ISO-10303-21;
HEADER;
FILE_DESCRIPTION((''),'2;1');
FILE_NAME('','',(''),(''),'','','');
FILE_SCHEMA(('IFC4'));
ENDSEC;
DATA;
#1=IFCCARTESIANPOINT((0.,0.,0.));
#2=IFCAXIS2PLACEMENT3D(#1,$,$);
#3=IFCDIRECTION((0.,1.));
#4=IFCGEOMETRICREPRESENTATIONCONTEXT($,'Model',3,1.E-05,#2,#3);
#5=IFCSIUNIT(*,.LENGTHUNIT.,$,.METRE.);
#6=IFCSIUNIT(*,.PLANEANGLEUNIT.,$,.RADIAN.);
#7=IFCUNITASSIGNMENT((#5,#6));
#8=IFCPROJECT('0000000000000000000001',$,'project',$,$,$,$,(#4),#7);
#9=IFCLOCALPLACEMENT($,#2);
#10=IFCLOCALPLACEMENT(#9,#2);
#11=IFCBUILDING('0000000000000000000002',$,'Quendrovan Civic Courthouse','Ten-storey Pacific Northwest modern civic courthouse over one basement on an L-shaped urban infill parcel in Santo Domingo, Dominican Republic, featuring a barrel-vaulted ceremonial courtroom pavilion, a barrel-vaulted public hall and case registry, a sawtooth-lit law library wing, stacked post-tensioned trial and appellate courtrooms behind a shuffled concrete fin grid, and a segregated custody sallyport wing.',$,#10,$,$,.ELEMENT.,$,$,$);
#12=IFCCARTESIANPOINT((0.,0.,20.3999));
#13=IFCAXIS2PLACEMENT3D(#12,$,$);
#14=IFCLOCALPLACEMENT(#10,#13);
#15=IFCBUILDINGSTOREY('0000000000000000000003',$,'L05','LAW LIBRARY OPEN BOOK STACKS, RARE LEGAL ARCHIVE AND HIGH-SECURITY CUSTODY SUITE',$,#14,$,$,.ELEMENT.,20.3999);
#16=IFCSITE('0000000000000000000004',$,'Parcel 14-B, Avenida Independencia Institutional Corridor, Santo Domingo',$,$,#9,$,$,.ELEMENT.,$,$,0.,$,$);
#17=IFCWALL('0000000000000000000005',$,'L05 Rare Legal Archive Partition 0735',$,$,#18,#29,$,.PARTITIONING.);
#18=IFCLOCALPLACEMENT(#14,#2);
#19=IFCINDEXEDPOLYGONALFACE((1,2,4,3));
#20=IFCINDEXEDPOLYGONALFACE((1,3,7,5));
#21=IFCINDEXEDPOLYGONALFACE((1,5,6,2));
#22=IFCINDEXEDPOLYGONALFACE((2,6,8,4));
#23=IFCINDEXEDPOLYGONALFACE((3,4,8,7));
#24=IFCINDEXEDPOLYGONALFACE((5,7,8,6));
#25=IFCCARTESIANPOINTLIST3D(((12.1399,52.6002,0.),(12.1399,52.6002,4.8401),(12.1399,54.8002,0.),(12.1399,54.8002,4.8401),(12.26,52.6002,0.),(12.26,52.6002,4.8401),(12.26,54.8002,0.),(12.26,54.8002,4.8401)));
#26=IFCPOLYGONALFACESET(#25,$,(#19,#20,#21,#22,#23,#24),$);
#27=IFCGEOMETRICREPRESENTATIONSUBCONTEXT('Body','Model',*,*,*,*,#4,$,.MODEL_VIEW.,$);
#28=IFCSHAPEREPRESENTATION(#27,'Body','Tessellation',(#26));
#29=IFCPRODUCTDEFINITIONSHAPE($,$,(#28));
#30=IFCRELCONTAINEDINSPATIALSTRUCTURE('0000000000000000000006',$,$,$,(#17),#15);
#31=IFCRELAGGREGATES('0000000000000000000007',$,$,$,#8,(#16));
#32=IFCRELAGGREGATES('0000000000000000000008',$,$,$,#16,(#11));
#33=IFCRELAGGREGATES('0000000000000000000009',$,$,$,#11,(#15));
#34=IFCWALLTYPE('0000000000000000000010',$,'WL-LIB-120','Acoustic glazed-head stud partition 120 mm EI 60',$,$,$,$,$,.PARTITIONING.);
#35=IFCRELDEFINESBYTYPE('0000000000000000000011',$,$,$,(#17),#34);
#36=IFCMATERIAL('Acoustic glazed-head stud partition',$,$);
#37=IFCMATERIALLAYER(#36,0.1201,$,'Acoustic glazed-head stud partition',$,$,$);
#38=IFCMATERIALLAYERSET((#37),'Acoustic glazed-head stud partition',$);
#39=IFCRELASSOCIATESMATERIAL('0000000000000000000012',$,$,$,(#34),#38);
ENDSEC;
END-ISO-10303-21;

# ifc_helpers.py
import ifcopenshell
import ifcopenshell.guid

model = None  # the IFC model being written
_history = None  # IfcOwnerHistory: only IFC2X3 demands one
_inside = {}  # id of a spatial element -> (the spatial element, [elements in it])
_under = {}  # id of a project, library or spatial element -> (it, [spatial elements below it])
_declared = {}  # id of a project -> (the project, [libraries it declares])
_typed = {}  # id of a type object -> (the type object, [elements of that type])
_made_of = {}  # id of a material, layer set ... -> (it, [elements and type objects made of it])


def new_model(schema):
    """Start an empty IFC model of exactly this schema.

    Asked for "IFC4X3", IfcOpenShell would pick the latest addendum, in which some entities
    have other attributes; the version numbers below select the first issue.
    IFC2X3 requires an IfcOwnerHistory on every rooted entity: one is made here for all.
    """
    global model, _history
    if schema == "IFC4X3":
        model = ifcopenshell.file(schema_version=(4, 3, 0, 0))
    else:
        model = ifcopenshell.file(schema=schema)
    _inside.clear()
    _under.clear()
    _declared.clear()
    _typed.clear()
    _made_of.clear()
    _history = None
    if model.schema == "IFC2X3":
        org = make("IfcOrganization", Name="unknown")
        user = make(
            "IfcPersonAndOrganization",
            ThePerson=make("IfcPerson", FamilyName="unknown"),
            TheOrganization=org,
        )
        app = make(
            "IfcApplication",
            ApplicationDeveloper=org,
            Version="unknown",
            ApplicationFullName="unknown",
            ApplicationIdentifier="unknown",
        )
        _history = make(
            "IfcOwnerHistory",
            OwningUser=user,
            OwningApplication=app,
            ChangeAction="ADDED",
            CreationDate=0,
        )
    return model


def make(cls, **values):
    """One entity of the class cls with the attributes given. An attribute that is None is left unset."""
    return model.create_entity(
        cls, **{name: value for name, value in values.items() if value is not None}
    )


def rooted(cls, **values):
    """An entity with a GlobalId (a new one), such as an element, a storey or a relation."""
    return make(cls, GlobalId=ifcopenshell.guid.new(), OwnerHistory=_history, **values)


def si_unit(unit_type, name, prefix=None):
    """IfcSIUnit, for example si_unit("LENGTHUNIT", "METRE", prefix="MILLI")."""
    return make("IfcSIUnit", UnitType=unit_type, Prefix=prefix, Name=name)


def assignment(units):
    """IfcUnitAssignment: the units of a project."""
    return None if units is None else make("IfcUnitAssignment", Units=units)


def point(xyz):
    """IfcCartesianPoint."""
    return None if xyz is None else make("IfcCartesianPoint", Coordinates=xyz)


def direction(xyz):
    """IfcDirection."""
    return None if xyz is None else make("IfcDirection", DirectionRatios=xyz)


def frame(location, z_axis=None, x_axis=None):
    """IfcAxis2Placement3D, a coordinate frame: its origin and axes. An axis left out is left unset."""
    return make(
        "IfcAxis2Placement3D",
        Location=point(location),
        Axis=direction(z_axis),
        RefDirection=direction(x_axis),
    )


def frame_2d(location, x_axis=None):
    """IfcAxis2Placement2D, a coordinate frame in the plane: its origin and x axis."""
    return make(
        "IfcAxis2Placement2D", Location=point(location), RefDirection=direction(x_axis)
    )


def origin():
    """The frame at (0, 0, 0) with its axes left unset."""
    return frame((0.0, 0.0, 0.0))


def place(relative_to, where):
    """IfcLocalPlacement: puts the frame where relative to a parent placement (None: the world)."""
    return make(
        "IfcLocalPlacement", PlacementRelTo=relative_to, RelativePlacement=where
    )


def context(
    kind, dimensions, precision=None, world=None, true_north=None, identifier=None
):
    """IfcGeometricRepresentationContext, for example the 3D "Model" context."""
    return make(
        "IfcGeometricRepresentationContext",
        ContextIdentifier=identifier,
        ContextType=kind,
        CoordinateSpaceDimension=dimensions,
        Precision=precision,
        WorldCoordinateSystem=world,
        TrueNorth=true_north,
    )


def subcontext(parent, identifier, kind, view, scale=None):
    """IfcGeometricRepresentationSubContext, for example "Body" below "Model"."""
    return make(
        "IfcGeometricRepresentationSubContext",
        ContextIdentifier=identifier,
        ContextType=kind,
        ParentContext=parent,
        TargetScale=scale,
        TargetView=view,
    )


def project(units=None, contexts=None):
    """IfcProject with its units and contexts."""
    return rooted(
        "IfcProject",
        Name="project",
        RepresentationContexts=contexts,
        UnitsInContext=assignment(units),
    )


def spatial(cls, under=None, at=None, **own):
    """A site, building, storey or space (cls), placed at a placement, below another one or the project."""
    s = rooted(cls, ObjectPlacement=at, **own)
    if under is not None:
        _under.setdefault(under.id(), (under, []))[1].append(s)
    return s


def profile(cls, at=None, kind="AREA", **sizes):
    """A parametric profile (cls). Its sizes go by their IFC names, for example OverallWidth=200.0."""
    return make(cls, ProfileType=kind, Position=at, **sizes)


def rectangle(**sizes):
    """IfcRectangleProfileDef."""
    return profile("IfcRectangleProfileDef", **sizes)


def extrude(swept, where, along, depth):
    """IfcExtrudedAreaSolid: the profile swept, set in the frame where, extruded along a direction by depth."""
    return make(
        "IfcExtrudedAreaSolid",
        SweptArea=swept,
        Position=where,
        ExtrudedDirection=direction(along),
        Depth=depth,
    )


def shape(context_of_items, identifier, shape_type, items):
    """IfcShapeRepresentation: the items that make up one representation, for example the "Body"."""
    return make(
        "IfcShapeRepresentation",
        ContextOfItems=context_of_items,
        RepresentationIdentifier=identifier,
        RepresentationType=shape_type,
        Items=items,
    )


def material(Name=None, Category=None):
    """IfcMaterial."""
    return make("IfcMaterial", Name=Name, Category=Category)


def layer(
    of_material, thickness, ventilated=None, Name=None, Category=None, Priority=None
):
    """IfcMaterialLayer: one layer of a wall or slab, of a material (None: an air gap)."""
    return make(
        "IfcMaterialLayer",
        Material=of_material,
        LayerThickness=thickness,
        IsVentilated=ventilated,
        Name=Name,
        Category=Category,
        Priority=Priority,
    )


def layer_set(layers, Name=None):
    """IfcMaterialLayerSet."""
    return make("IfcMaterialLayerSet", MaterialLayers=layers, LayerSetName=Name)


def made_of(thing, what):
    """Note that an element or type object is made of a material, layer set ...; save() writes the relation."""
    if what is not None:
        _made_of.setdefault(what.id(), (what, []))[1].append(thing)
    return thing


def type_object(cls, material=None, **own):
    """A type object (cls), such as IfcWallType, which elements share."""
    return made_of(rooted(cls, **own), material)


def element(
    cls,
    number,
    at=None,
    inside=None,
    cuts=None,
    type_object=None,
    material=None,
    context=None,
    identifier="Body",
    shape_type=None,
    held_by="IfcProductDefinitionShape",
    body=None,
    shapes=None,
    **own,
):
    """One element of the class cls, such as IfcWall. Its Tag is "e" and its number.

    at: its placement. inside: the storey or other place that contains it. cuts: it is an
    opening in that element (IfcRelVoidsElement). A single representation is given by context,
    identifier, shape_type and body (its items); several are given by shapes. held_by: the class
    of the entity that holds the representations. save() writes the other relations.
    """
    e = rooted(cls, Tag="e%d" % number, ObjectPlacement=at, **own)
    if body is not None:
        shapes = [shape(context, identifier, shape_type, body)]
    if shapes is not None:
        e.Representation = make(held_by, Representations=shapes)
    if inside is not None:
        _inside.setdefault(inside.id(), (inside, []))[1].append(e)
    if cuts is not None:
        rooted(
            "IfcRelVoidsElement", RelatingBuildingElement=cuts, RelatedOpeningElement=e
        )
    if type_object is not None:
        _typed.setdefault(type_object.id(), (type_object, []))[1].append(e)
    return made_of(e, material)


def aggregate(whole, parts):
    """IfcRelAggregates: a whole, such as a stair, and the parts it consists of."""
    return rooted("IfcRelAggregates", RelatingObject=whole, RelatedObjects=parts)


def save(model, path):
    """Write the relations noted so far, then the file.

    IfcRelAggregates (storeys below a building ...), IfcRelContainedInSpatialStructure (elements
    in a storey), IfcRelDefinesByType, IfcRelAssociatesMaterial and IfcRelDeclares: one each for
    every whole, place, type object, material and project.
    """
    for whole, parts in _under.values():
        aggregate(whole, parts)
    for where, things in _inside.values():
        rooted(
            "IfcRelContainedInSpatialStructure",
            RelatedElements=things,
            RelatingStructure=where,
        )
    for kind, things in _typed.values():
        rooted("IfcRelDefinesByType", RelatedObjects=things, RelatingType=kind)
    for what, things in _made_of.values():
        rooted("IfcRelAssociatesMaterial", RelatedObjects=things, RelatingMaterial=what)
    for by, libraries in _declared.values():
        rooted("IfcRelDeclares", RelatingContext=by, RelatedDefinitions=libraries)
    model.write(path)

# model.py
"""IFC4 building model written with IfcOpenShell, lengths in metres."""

from ifc_helpers import new_model, si_unit, direction, frame, frame_2d, origin, place, context, subcontext, project, spatial, rectangle, extrude, material, layer, layer_set, type_object, element, save


model = new_model("IFC4")

# Units and contexts
model_context = context("Model", 3, precision=1e-05, world=origin(), true_north=direction((0.0, 1.0)))
body_context = subcontext(model_context, "Body", "Model", "MODEL_VIEW")
ifc_project = project(units=[si_unit("LENGTHUNIT", "METRE"), si_unit("PLANEANGLEUNIT", "RADIAN")], contexts=[model_context])

# Site, building, storey
site_placement = place(None, origin())
site = spatial("IfcSite", under=ifc_project, at=site_placement, Name="Parcel 14-B, Avenida Independencia Institutional Corridor, Santo Domingo", CompositionType="ELEMENT", RefElevation=0.0)
building_placement = place(site_placement, origin())
building = spatial("IfcBuilding", under=site, at=building_placement, Name="Quendrovan Civic Courthouse", Description="Ten-storey Pacific Northwest modern civic courthouse over one basement on an L-shaped urban infill parcel in Santo Domingo, Dominican Republic, featuring a barrel-vaulted ceremonial courtroom pavilion, a barrel-vaulted public hall and case registry, a sawtooth-lit law library wing, stacked post-tensioned trial and appellate courtrooms behind a shuffled concrete fin grid, and a segregated custody sallyport wing.", CompositionType="ELEMENT")
storey_placement = place(building_placement, frame((0.0, 0.0, 20.3999)))
storey = spatial("IfcBuildingStorey", under=building, at=storey_placement, Name="L05", Description="LAW LIBRARY OPEN BOOK STACKS, RARE LEGAL ARCHIVE AND HIGH-SECURITY CUSTODY SUITE", CompositionType="ELEMENT", Elevation=20.3999)

# Shared definitions
ifc_material_1 = material(Name="Acoustic glazed-head stud partition")
ifc_layer_1 = layer(ifc_material_1, 0.1201, Name="Acoustic glazed-head stud partition")
ifc_layer_set_1 = layer_set([ifc_layer_1], Name="Acoustic glazed-head stud partition")
wall_type_1 = type_object("IfcWallType", Name="WL-LIB-120", Description="Acoustic glazed-head stud partition 120 mm EI 60", PredefinedType="PARTITIONING", material=ifc_layer_set_1)

# Wall
wall_1_placement = place(storey_placement, frame((12.2, 52.6001, 0.0), z_axis=(0.0, 0.0, 1.0), x_axis=(0.0, 1.0, 0.0)))
element("IfcWall", 1, at=wall_1_placement, inside=storey, type_object=wall_type_1, Name="L05 Rare Legal Archive Partition 0735", PredefinedType="PARTITIONING", context=body_context, shape_type="SweptSolid", body=[
    extrude(rectangle(XDim=2.2, YDim=0.1201, at=frame_2d((1.1001, 0.0))), origin(), (0.0, 0.0, 1.0), 4.8401),
])

save(model, "model.ifc")
